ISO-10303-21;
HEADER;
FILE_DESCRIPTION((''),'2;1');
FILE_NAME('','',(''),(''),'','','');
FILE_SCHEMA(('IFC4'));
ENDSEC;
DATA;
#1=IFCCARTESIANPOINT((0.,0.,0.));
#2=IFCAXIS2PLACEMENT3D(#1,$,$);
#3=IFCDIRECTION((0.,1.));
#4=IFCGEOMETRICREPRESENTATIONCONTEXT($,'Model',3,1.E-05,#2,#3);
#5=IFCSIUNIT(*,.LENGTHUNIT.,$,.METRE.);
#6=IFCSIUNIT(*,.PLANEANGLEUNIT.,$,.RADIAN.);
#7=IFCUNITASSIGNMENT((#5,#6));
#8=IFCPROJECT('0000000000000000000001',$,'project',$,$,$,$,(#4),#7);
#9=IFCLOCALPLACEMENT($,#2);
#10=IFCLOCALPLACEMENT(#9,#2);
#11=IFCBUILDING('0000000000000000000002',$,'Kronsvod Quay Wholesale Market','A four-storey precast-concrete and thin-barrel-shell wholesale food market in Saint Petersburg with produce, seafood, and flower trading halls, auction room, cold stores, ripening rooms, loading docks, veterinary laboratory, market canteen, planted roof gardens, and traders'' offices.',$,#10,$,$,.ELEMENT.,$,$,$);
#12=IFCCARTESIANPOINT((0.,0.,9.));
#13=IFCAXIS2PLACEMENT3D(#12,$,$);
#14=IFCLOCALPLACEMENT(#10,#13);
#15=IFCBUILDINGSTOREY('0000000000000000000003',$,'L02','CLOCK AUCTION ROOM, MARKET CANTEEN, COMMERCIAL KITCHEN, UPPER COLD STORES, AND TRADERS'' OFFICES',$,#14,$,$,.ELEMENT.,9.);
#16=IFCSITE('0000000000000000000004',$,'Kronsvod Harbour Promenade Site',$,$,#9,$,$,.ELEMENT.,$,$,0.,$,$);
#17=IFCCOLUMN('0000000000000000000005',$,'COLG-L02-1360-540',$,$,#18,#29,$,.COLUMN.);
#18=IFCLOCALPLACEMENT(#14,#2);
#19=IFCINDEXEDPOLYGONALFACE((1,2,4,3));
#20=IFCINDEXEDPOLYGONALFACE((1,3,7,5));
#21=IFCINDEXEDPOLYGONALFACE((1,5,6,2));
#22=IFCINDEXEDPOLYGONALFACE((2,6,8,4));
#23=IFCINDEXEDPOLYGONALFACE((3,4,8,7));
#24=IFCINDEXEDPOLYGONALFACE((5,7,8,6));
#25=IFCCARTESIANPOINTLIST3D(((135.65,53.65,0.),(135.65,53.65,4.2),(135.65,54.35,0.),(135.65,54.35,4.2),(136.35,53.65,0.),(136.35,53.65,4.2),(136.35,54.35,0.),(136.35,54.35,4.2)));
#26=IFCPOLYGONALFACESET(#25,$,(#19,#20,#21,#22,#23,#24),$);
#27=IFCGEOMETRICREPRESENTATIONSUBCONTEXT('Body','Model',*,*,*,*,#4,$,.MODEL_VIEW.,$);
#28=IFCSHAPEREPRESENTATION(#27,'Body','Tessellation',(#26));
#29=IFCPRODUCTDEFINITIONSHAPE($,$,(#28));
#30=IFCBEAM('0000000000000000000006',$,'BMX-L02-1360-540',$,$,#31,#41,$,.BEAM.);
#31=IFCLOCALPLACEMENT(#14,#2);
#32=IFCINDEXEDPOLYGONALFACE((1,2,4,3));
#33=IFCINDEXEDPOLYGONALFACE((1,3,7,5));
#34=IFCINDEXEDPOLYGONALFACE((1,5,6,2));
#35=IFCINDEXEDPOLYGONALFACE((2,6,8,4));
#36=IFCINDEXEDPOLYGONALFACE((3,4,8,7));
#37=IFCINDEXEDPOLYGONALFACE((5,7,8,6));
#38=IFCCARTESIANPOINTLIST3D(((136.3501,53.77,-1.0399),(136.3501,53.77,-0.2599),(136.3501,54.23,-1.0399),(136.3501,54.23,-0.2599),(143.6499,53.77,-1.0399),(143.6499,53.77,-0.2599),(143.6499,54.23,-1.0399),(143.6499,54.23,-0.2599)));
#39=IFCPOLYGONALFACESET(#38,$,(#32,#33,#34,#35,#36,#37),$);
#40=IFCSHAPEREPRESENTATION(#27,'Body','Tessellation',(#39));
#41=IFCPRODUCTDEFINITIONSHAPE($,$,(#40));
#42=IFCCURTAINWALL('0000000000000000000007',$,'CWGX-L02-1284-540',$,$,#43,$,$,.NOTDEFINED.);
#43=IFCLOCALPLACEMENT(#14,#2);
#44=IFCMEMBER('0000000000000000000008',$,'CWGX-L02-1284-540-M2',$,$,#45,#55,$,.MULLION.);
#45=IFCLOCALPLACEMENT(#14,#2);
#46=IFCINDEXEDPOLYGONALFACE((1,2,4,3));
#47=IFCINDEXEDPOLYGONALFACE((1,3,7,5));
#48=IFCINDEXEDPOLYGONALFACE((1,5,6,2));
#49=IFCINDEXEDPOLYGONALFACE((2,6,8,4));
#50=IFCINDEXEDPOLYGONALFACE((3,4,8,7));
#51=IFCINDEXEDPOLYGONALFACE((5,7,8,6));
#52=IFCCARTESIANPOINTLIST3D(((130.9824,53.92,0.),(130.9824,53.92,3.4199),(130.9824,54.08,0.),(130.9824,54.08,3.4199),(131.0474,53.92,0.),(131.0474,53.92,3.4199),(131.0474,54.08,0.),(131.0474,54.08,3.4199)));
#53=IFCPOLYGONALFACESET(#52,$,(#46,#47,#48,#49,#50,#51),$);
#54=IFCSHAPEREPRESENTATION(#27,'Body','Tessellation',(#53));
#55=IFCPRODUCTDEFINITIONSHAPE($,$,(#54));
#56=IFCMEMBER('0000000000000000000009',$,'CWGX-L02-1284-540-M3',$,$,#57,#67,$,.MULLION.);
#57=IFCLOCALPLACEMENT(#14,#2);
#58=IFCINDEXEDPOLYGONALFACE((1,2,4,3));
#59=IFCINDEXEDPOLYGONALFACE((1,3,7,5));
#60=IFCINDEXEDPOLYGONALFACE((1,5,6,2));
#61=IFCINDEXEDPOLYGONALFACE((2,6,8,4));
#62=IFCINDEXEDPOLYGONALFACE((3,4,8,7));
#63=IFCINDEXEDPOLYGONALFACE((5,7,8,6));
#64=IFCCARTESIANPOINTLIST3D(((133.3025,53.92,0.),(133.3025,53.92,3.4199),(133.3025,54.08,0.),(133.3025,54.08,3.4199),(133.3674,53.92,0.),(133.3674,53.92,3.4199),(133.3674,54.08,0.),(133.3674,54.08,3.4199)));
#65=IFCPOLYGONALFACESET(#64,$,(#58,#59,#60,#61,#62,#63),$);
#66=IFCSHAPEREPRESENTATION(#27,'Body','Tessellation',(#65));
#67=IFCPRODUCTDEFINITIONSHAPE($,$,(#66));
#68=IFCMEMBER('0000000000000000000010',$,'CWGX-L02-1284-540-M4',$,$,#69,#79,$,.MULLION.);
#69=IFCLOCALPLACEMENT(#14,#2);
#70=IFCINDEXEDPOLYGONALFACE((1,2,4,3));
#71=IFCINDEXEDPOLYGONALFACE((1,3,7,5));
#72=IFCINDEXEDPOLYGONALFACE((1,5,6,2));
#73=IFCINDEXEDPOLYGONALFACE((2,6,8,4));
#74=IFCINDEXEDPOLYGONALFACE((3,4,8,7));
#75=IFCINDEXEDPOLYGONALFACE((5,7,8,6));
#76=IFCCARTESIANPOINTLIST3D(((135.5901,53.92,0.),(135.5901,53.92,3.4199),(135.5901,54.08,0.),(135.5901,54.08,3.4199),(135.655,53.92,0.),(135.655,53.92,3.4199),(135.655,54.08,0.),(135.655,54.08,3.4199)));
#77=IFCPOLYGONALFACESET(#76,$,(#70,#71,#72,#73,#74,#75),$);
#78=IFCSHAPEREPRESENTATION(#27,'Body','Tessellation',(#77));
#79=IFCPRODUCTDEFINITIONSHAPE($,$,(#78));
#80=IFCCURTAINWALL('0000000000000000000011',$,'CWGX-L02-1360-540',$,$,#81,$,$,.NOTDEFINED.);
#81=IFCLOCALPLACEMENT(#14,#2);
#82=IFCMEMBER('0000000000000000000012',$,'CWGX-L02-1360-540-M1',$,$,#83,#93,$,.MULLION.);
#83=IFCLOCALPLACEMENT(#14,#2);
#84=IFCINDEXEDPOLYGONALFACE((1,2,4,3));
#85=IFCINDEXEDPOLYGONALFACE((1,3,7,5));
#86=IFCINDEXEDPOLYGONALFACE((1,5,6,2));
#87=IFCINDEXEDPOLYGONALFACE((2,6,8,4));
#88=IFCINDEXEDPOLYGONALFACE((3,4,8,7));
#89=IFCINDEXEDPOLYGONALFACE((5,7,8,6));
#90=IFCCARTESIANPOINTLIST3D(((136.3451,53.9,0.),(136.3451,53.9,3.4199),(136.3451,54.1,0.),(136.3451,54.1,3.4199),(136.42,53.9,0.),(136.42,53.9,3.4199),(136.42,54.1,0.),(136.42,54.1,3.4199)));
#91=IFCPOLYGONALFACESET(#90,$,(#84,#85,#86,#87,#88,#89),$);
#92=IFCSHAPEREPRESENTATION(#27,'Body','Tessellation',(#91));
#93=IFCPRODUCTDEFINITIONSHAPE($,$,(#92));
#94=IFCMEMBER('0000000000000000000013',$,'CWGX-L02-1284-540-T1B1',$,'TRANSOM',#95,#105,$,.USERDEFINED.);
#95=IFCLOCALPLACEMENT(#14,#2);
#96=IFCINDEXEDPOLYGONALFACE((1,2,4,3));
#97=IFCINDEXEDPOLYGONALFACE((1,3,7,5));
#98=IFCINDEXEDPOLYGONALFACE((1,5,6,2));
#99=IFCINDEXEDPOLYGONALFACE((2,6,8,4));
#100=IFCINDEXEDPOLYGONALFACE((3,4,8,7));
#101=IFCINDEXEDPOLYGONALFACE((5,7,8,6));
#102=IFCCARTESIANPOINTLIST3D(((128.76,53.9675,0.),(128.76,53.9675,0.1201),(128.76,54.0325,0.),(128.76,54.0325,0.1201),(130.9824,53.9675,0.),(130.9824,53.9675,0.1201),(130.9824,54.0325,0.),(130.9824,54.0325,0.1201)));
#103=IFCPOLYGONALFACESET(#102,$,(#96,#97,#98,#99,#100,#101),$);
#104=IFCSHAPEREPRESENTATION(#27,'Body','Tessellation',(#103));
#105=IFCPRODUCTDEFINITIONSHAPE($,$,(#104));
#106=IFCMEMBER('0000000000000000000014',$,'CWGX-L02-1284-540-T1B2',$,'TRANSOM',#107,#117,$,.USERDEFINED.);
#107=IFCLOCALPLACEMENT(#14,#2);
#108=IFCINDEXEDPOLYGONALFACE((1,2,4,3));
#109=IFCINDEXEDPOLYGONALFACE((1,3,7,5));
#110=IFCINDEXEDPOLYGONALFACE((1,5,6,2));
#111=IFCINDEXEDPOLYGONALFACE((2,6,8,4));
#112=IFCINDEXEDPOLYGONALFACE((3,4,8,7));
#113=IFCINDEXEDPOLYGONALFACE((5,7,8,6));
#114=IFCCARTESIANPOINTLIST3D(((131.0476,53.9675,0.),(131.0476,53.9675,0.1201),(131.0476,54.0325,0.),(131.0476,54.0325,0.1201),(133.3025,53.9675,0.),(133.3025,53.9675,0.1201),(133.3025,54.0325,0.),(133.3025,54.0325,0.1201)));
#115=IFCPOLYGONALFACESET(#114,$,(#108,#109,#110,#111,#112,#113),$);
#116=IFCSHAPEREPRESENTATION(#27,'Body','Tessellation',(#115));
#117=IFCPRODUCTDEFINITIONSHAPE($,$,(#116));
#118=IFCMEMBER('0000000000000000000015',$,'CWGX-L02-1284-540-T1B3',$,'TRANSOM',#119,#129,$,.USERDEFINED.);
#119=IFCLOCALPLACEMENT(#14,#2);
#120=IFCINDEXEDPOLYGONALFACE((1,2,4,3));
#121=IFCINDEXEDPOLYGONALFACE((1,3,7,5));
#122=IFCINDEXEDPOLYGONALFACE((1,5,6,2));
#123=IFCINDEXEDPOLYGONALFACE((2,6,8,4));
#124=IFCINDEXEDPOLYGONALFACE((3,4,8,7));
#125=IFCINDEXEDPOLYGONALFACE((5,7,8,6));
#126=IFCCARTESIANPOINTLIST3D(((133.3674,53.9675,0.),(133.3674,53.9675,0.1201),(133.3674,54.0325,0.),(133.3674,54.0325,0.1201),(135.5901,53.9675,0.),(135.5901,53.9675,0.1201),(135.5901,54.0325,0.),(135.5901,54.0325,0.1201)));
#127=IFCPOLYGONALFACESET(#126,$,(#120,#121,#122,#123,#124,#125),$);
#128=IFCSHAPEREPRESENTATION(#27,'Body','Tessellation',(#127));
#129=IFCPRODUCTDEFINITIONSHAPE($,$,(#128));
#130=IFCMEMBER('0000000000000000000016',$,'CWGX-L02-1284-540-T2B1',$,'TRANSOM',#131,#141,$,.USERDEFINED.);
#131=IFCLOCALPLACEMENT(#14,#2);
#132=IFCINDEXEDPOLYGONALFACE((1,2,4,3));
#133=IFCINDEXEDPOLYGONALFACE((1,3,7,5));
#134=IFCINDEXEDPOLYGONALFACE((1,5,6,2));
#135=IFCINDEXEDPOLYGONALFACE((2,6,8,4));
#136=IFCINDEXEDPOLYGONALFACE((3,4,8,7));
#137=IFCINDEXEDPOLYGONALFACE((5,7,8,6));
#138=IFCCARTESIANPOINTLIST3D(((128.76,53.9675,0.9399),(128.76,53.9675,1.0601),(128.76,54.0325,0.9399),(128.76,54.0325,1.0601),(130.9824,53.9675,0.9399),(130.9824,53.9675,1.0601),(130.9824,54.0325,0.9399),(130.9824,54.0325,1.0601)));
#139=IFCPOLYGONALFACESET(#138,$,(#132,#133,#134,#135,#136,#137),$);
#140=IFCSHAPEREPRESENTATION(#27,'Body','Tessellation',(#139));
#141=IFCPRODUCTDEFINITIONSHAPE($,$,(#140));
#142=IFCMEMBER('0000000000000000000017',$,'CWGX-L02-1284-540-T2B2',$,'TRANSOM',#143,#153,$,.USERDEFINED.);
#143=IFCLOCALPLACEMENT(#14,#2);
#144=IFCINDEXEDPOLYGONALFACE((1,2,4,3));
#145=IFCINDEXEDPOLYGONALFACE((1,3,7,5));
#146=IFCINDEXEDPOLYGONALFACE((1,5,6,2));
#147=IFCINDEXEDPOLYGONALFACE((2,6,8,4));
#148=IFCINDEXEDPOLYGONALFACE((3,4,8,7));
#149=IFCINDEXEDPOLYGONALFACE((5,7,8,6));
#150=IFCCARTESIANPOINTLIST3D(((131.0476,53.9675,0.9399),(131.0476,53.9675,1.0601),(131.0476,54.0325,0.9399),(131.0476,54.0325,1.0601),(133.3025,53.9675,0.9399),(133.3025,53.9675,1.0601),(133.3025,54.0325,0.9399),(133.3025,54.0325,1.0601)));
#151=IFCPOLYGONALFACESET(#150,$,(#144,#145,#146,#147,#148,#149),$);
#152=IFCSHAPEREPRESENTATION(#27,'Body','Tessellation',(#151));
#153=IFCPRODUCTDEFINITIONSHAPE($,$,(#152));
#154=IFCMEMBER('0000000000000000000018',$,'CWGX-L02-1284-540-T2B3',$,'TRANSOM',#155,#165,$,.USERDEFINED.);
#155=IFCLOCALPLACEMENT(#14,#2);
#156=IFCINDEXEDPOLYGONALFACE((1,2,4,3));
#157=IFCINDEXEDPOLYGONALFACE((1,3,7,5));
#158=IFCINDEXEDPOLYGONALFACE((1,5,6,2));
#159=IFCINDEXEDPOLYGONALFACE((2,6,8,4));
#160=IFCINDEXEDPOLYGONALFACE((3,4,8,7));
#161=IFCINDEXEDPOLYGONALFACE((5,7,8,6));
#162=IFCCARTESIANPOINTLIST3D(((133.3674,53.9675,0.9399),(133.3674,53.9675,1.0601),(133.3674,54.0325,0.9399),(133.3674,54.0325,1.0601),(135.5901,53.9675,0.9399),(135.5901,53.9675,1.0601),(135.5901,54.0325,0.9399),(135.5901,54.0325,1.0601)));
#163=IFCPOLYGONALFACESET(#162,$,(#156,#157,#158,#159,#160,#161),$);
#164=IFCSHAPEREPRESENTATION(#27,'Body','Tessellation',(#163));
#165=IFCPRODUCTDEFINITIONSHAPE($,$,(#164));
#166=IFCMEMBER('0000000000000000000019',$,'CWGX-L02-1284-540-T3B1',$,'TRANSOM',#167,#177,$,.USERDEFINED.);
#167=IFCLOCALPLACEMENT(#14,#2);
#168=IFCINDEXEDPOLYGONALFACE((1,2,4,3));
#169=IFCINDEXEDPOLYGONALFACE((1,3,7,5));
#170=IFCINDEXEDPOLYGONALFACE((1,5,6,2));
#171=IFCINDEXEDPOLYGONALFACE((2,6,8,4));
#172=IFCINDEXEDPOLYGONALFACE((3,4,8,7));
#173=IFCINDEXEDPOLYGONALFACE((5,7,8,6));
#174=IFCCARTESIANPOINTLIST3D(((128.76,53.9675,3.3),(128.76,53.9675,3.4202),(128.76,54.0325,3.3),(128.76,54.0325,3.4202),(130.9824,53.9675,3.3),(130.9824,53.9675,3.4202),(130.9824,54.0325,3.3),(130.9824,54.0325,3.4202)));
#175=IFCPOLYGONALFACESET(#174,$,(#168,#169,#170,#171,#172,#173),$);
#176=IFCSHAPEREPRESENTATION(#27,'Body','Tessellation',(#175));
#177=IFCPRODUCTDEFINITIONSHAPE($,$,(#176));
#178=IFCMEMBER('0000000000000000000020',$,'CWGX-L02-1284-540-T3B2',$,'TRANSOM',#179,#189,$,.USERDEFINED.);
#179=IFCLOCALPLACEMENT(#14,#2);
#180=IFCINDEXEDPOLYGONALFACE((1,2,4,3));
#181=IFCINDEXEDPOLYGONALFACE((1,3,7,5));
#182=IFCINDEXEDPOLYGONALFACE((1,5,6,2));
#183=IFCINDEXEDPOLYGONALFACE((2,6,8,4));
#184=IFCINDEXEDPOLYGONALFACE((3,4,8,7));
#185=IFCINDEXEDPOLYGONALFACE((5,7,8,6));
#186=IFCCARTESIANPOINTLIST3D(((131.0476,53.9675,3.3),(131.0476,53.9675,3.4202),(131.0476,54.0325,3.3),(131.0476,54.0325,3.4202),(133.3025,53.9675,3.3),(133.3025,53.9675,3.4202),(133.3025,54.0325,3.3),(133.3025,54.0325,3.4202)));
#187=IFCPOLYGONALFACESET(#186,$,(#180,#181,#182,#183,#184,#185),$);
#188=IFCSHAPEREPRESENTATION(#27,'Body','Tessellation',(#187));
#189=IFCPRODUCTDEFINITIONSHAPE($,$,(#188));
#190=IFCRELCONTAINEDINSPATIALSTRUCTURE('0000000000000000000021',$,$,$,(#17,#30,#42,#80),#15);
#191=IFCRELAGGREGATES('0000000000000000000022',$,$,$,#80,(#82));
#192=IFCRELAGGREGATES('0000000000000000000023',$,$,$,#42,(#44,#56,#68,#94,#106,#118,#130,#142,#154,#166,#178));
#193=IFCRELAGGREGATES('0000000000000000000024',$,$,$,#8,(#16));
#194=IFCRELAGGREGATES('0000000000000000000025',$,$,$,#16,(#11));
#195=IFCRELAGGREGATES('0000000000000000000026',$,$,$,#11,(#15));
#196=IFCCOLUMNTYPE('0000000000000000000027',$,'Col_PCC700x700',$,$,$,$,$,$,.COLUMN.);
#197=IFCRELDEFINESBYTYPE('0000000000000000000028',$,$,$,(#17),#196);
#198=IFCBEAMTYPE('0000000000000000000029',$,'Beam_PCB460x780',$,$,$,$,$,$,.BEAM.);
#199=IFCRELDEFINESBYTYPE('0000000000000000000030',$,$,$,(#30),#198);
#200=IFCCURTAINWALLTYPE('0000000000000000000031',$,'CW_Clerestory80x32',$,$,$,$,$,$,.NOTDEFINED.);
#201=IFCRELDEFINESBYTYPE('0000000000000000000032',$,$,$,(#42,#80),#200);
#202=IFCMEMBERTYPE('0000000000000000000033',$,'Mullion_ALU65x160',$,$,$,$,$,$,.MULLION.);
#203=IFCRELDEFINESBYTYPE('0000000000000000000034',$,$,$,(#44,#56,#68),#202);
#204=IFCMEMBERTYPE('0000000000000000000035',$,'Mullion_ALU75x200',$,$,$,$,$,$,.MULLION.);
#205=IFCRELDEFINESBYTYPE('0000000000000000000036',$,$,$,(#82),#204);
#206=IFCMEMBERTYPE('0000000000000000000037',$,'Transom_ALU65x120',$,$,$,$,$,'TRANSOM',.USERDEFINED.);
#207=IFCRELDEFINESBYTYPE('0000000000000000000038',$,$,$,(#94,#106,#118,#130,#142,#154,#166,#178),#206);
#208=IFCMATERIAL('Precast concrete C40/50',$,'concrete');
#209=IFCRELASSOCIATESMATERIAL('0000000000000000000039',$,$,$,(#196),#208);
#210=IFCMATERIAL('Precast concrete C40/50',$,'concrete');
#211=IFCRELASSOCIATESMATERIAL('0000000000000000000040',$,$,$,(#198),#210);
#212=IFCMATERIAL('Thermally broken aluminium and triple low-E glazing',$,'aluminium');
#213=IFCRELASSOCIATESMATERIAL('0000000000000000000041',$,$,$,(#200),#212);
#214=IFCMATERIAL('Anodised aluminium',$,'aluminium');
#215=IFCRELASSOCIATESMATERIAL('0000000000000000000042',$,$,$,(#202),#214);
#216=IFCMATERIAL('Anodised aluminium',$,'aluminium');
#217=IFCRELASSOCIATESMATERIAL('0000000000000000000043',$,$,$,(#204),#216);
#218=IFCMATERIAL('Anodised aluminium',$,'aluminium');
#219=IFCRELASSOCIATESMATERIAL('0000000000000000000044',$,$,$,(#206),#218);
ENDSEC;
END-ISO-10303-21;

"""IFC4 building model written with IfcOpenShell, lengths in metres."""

from ifc_helpers import new_model, si_unit, direction, frame, origin, origin_2d, place, context, subcontext, project, spatial, rectangle, extrude, material, material_profile, profile_set, type_object, element, aggregate, save


model = new_model("IFC4")

# Units and contexts
model_context = context("Model", 3, precision=1e-05, world=origin(), true_north=direction((0.0, 1.0)))
body_context = subcontext(model_context, "Body", "Model", "MODEL_VIEW")
ifc_project = project(units=[si_unit("LENGTHUNIT", "METRE"), si_unit("PLANEANGLEUNIT", "RADIAN")], contexts=[model_context])

# Site, building, storey
site_placement = place(None, origin())
site = spatial("IfcSite", under=ifc_project, at=site_placement, Name="Kronsvod Harbour Promenade Site", CompositionType="ELEMENT", RefElevation=0.0)
building_placement = place(site_placement, origin())
building = spatial("IfcBuilding", under=site, at=building_placement, Name="Kronsvod Quay Wholesale Market", Description="A four-storey precast-concrete and thin-barrel-shell wholesale food market in Saint Petersburg with produce, seafood, and flower trading halls, auction room, cold stores, ripening rooms, loading docks, veterinary laboratory, market canteen, planted roof gardens, and traders' offices.", CompositionType="ELEMENT")
storey_placement = place(building_placement, frame((0.0, 0.0, 9.0)))
storey = spatial("IfcBuildingStorey", under=building, at=storey_placement, Name="L02", Description="CLOCK AUCTION ROOM, MARKET CANTEEN, COMMERCIAL KITCHEN, UPPER COLD STORES, AND TRADERS' OFFICES", CompositionType="ELEMENT", Elevation=9.0)

# Column
ifc_material_1 = material(Name="Precast concrete C40/50", Category="concrete")
ifc_material_profile_1 = material_profile(ifc_material_1, rectangle(XDim=0.7, YDim=0.7, at=origin_2d()), Name="PCC700x700")
ifc_profile_set_1 = profile_set([ifc_material_profile_1], Name="Precast concrete C40/50")
column_type = type_object("IfcColumnType", Name="Col_PCC700x700", PredefinedType="COLUMN", material=ifc_profile_set_1)
column_placement = place(storey_placement, frame((136.0, 54.0, 0.0), z_axis=(0.0, 0.0, 1.0), x_axis=(1.0, 0.0, 0.0)))
element("IfcColumn", 1, at=column_placement, inside=storey, type_object=column_type, Name="COLG-L02-1360-540", PredefinedType="COLUMN", context=body_context, shape_type="SweptSolid", body=[
    extrude(rectangle(XDim=0.7, YDim=0.7, at=origin_2d()), origin(), (0.0, 0.0, 1.0), 4.2),
])

# Beam
ifc_material_2 = material(Name="Precast concrete C40/50", Category="concrete")
ifc_material_profile_2 = material_profile(ifc_material_2, rectangle(XDim=0.46, YDim=0.78, at=origin_2d()), Name="PB-03")
ifc_profile_set_2 = profile_set([ifc_material_profile_2], Name="Precast concrete C40/50")
beam_type = type_object("IfcBeamType", Name="Beam_PCB460x780", PredefinedType="BEAM", material=ifc_profile_set_2)
beam_placement = place(storey_placement, frame((136.3501, 54.0, -0.6499), z_axis=(1.0, 0.0, 0.0), x_axis=(0.0, 1.0, 0.0)))
element("IfcBeam", 2, at=beam_placement, inside=storey, type_object=beam_type, Name="BMX-L02-1360-540", PredefinedType="BEAM", context=body_context, shape_type="SweptSolid", body=[
    extrude(rectangle(XDim=0.46, YDim=0.78, at=origin_2d()), origin(), (0.0, 0.0, 1.0), 7.2998),
])

# Curtain wall, members
ifc_material_3 = material(Name="Thermally broken aluminium and triple low-E glazing", Category="aluminium")
curtain_wall_type = type_object("IfcCurtainWallType", Name="CW_Clerestory80x32", PredefinedType="NOTDEFINED", material=ifc_material_3)
curtain_wall_1_placement = place(storey_placement, origin())
curtain_wall_1 = element("IfcCurtainWall", 3, at=curtain_wall_1_placement, inside=storey, type_object=curtain_wall_type, Name="CWGX-L02-1284-540", PredefinedType="NOTDEFINED")
ifc_material_4 = material(Name="Anodised aluminium", Category="aluminium")
ifc_material_profile_3 = material_profile(ifc_material_4, rectangle(XDim=0.0649, YDim=0.1599, at=origin_2d()), Name="ALUM65x160")
ifc_profile_set_3 = profile_set([ifc_material_profile_3], Name="Anodised aluminium")
member_type_1 = type_object("IfcMemberType", Name="Mullion_ALU65x160", PredefinedType="MULLION", material=ifc_profile_set_3)
member_1_placement = place(storey_placement, frame((131.0149, 54.0, 0.0), z_axis=(0.0, 0.0, 1.0), x_axis=(1.0, 0.0, 0.0)))
member_1 = element("IfcMember", 4, at=member_1_placement, type_object=member_type_1, Name="CWGX-L02-1284-540-M2", PredefinedType="MULLION", context=body_context, shape_type="SweptSolid", body=[
    extrude(rectangle(XDim=0.0649, YDim=0.1599, at=origin_2d()), origin(), (0.0, 0.0, 1.0), 3.4199),
])
member_2_placement = place(storey_placement, frame((133.335, 54.0, 0.0), z_axis=(0.0, 0.0, 1.0), x_axis=(1.0, 0.0, 0.0)))
member_2 = element("IfcMember", 5, at=member_2_placement, type_object=member_type_1, Name="CWGX-L02-1284-540-M3", PredefinedType="MULLION", context=body_context, shape_type="SweptSolid", body=[
    extrude(rectangle(XDim=0.0649, YDim=0.1599, at=origin_2d()), origin(), (0.0, 0.0, 1.0), 3.4199),
])
member_3_placement = place(storey_placement, frame((135.6226, 54.0, 0.0), z_axis=(0.0, 0.0, 1.0), x_axis=(1.0, 0.0, 0.0)))
member_3 = element("IfcMember", 6, at=member_3_placement, type_object=member_type_1, Name="CWGX-L02-1284-540-M4", PredefinedType="MULLION", context=body_context, shape_type="SweptSolid", body=[
    extrude(rectangle(XDim=0.0649, YDim=0.1599, at=origin_2d()), origin(), (0.0, 0.0, 1.0), 3.4199),
])

# Curtain wall, member
curtain_wall_2_placement = place(storey_placement, origin())
curtain_wall_2 = element("IfcCurtainWall", 7, at=curtain_wall_2_placement, inside=storey, type_object=curtain_wall_type, Name="CWGX-L02-1360-540", PredefinedType="NOTDEFINED")
ifc_material_5 = material(Name="Anodised aluminium", Category="aluminium")
ifc_material_profile_4 = material_profile(ifc_material_5, rectangle(XDim=0.075, YDim=0.2, at=origin_2d()), Name="ALUM75x200")
ifc_profile_set_4 = profile_set([ifc_material_profile_4], Name="Anodised aluminium")
member_type_2 = type_object("IfcMemberType", Name="Mullion_ALU75x200", PredefinedType="MULLION", material=ifc_profile_set_4)
member_4_placement = place(storey_placement, frame((136.3826, 54.0, 0.0), z_axis=(0.0, 0.0, 1.0), x_axis=(1.0, 0.0, 0.0)))
member_4 = element("IfcMember", 8, at=member_4_placement, type_object=member_type_2, Name="CWGX-L02-1360-540-M1", PredefinedType="MULLION", context=body_context, shape_type="SweptSolid", body=[
    extrude(rectangle(XDim=0.075, YDim=0.2, at=origin_2d()), origin(), (0.0, 0.0, 1.0), 3.4199),
])

# Members
ifc_material_6 = material(Name="Anodised aluminium", Category="aluminium")
ifc_material_profile_5 = material_profile(ifc_material_6, rectangle(XDim=0.0649, YDim=0.1201, at=origin_2d()), Name="ALUT65x120")
ifc_profile_set_5 = profile_set([ifc_material_profile_5], Name="Anodised aluminium")
member_type_3 = type_object("IfcMemberType", Name="Transom_ALU65x120", ElementType="TRANSOM", PredefinedType="USERDEFINED", material=ifc_profile_set_5)
member_5_placement = place(storey_placement, frame((128.76, 54.0, 0.0601), z_axis=(1.0, 0.0, 0.0), x_axis=(0.0, 1.0, 0.0)))
member_5 = element("IfcMember", 9, at=member_5_placement, type_object=member_type_3, Name="CWGX-L02-1284-540-T1B1", ObjectType="TRANSOM", PredefinedType="USERDEFINED", context=body_context, shape_type="SweptSolid", body=[
    extrude(rectangle(XDim=0.0649, YDim=0.1201, at=origin_2d()), origin(), (0.0, 0.0, 1.0), 2.2224),
])
member_6_placement = place(storey_placement, frame((131.0476, 54.0, 0.0601), z_axis=(1.0, 0.0, 0.0), x_axis=(0.0, 1.0, 0.0)))
member_6 = element("IfcMember", 10, at=member_6_placement, type_object=member_type_3, Name="CWGX-L02-1284-540-T1B2", ObjectType="TRANSOM", PredefinedType="USERDEFINED", context=body_context, shape_type="SweptSolid", body=[
    extrude(rectangle(XDim=0.0649, YDim=0.1201, at=origin_2d()), origin(), (0.0, 0.0, 1.0), 2.2549),
])
member_7_placement = place(storey_placement, frame((133.3674, 54.0, 0.0601), z_axis=(1.0, 0.0, 0.0), x_axis=(0.0, 1.0, 0.0)))
member_7 = element("IfcMember", 11, at=member_7_placement, type_object=member_type_3, Name="CWGX-L02-1284-540-T1B3", ObjectType="TRANSOM", PredefinedType="USERDEFINED", context=body_context, shape_type="SweptSolid", body=[
    extrude(rectangle(XDim=0.0649, YDim=0.1201, at=origin_2d()), origin(), (0.0, 0.0, 1.0), 2.2227),
])
member_8_placement = place(storey_placement, frame((128.76, 54.0, 1.0), z_axis=(1.0, 0.0, 0.0), x_axis=(0.0, 1.0, 0.0)))
member_8 = element("IfcMember", 12, at=member_8_placement, type_object=member_type_3, Name="CWGX-L02-1284-540-T2B1", ObjectType="TRANSOM", PredefinedType="USERDEFINED", context=body_context, shape_type="SweptSolid", body=[
    extrude(rectangle(XDim=0.0649, YDim=0.1201, at=origin_2d()), origin(), (0.0, 0.0, 1.0), 2.2224),
])
member_9_placement = place(storey_placement, frame((131.0476, 54.0, 1.0), z_axis=(1.0, 0.0, 0.0), x_axis=(0.0, 1.0, 0.0)))
member_9 = element("IfcMember", 13, at=member_9_placement, type_object=member_type_3, Name="CWGX-L02-1284-540-T2B2", ObjectType="TRANSOM", PredefinedType="USERDEFINED", context=body_context, shape_type="SweptSolid", body=[
    extrude(rectangle(XDim=0.0649, YDim=0.1201, at=origin_2d()), origin(), (0.0, 0.0, 1.0), 2.2549),
])
member_10_placement = place(storey_placement, frame((133.3674, 54.0, 1.0), z_axis=(1.0, 0.0, 0.0), x_axis=(0.0, 1.0, 0.0)))
member_10 = element("IfcMember", 14, at=member_10_placement, type_object=member_type_3, Name="CWGX-L02-1284-540-T2B3", ObjectType="TRANSOM", PredefinedType="USERDEFINED", context=body_context, shape_type="SweptSolid", body=[
    extrude(rectangle(XDim=0.0649, YDim=0.1201, at=origin_2d()), origin(), (0.0, 0.0, 1.0), 2.2227),
])
member_11_placement = place(storey_placement, frame((128.76, 54.0, 3.3601), z_axis=(1.0, 0.0, 0.0), x_axis=(0.0, 1.0, 0.0)))
member_11 = element("IfcMember", 15, at=member_11_placement, type_object=member_type_3, Name="CWGX-L02-1284-540-T3B1", ObjectType="TRANSOM", PredefinedType="USERDEFINED", context=body_context, shape_type="SweptSolid", body=[
    extrude(rectangle(XDim=0.0649, YDim=0.1201, at=origin_2d()), origin(), (0.0, 0.0, 1.0), 2.2224),
])
member_12_placement = place(storey_placement, frame((131.0476, 54.0, 3.3601), z_axis=(1.0, 0.0, 0.0), x_axis=(0.0, 1.0, 0.0)))
member_12 = element("IfcMember", 16, at=member_12_placement, type_object=member_type_3, Name="CWGX-L02-1284-540-T3B2", ObjectType="TRANSOM", PredefinedType="USERDEFINED", context=body_context, shape_type="SweptSolid", body=[
    extrude(rectangle(XDim=0.0649, YDim=0.1201, at=origin_2d()), origin(), (0.0, 0.0, 1.0), 2.2549),
])
aggregate(curtain_wall_2, [member_4])

aggregate(curtain_wall_1, [member_1, member_2, member_3, member_5, member_6, member_7, member_8, member_9, member_10, member_11, member_12])

save(model, "model.ifc")
